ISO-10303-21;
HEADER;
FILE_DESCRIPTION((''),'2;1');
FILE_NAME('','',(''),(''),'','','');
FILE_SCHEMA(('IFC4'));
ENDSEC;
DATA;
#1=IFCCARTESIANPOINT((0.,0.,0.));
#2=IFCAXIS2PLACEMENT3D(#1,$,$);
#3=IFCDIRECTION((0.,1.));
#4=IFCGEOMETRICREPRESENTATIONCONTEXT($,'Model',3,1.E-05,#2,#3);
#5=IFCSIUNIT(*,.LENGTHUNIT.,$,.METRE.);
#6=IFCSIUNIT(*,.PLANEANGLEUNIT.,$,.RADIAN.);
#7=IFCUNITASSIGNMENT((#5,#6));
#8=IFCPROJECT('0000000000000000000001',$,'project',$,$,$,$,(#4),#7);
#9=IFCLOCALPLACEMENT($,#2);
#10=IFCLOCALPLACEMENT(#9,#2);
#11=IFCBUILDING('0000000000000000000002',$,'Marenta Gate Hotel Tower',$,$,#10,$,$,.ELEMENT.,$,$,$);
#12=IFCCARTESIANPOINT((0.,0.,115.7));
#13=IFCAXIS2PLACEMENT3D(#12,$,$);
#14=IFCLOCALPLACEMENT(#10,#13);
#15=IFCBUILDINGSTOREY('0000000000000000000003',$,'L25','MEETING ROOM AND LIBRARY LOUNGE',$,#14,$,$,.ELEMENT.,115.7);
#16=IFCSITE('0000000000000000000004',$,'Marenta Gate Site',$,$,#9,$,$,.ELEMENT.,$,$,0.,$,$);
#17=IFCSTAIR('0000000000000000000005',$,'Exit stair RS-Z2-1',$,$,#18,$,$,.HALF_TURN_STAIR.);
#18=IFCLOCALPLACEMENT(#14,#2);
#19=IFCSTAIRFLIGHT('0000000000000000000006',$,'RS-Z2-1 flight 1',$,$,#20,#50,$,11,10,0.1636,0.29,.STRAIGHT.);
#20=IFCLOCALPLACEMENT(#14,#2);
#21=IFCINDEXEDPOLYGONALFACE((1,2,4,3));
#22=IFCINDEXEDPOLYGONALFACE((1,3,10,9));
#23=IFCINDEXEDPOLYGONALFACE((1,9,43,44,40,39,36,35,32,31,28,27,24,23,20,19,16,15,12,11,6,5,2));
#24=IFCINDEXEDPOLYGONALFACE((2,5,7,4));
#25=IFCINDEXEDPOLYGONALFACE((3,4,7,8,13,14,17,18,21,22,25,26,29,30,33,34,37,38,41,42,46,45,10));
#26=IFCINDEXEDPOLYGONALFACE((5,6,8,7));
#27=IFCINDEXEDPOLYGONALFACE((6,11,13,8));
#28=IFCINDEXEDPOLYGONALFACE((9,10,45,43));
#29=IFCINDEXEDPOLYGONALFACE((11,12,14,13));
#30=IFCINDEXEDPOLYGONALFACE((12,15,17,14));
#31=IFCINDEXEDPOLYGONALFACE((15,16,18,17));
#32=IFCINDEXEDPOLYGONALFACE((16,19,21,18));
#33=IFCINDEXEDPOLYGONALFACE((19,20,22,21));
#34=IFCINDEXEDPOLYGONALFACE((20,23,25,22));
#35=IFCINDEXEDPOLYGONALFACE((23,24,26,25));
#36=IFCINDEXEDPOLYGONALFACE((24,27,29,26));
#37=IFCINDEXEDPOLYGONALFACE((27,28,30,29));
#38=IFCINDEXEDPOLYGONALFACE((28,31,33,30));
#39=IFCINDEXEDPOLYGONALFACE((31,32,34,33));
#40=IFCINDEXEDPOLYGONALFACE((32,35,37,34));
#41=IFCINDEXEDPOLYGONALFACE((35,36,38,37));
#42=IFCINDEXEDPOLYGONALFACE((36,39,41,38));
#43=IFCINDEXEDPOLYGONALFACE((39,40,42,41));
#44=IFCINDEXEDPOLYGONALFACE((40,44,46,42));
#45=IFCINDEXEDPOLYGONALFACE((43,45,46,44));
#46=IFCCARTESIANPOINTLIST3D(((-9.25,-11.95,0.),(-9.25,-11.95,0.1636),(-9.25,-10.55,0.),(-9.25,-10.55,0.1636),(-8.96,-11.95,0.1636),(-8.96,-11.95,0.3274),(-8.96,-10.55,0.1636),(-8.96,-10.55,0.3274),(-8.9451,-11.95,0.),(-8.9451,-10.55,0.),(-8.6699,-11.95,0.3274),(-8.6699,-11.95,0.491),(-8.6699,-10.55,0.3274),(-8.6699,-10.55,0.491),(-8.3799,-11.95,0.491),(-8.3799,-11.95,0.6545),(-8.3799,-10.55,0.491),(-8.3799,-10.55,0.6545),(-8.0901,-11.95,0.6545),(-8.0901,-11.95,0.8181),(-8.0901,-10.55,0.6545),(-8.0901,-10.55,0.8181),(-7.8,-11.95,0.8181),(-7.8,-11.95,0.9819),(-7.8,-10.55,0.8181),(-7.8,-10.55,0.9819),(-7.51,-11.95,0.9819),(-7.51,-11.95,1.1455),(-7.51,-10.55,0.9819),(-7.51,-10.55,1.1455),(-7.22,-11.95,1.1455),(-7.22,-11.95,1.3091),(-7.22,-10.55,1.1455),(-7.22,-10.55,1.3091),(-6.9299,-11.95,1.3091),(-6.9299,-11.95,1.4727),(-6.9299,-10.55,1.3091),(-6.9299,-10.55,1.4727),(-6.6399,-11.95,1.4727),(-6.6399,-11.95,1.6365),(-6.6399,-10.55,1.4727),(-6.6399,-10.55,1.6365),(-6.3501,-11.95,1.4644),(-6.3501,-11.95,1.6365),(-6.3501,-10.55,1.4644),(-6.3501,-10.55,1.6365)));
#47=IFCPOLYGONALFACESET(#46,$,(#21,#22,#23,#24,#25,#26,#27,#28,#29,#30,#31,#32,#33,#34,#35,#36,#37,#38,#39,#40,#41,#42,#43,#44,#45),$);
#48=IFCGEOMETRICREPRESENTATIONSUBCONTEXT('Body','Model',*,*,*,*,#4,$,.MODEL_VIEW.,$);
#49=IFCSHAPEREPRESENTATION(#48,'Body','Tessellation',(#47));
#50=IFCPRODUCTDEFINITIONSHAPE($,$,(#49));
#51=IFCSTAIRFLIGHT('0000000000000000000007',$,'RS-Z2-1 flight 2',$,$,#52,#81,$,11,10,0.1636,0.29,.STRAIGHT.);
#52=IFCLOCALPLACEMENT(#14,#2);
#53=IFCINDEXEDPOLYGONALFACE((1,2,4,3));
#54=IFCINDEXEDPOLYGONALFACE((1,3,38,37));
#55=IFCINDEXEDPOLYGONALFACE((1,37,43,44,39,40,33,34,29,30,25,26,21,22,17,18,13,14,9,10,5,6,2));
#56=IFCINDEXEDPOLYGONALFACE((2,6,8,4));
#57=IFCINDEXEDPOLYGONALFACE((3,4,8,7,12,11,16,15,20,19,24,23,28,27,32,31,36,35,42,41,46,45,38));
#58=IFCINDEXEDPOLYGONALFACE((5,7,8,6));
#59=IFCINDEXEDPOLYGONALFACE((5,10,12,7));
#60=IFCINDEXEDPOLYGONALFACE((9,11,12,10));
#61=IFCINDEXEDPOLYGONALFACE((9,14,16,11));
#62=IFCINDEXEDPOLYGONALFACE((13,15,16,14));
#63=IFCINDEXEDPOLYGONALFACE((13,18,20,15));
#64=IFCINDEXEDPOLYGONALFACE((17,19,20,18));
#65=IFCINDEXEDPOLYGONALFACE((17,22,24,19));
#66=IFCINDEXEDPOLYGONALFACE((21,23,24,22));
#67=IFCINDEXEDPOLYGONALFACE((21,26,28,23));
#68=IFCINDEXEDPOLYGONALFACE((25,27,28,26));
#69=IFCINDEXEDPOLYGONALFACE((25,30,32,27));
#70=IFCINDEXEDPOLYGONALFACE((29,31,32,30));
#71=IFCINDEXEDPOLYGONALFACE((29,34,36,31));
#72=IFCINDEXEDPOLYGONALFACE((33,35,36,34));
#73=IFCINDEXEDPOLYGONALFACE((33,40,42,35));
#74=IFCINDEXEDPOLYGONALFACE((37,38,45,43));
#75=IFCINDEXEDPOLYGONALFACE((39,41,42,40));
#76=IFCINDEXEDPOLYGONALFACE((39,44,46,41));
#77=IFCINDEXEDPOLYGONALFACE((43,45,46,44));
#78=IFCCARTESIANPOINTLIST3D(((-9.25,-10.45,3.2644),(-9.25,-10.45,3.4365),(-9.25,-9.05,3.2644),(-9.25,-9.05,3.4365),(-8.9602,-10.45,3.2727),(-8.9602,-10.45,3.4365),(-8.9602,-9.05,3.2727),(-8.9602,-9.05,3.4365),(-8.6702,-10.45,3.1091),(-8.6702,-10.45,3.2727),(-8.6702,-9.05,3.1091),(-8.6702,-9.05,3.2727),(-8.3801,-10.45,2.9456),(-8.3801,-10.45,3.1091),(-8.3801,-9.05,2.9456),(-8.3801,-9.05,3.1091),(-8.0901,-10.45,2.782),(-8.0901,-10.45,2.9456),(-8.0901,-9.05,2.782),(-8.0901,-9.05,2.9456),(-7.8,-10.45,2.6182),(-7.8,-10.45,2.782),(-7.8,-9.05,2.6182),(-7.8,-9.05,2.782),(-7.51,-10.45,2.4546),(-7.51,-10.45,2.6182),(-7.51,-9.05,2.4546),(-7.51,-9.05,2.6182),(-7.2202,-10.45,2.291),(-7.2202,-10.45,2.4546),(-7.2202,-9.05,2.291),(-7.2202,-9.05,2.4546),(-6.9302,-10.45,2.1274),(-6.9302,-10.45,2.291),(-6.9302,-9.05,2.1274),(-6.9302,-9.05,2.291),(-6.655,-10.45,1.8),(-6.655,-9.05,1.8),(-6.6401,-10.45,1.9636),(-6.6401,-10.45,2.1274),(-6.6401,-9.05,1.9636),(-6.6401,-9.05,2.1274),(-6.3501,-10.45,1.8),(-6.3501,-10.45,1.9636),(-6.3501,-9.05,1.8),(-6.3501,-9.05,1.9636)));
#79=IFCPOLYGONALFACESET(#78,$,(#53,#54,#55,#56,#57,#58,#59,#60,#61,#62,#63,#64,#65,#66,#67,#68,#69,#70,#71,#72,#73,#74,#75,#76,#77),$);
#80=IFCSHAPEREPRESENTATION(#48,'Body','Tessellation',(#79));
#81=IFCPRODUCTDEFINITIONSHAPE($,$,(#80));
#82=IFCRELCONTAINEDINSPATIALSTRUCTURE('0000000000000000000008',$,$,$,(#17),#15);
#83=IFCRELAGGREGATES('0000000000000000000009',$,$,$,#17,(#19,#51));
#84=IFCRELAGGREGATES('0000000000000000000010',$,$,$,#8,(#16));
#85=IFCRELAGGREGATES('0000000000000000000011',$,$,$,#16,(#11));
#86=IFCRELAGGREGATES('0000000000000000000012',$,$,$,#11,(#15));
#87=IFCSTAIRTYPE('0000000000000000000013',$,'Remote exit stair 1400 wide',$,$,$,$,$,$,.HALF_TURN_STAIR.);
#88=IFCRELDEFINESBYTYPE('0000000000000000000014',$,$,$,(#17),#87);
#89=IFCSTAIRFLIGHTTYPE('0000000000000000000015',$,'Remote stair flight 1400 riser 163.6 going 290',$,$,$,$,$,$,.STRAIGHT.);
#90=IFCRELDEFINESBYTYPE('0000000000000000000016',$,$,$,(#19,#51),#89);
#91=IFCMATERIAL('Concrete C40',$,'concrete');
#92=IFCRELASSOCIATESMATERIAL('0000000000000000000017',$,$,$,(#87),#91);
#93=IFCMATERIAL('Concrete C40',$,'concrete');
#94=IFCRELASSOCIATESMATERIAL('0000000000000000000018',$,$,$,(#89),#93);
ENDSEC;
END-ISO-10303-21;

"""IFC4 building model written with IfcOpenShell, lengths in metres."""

from ifc_helpers import new_model, si_unit, direction, frame, origin, place, context, subcontext, project, spatial, polyline, outline, extrude, material, type_object, element, aggregate, save


model = new_model("IFC4")

# Units and contexts
model_context = context("Model", 3, precision=1e-05, world=origin(), true_north=direction((0.0, 1.0)))
body_context = subcontext(model_context, "Body", "Model", "MODEL_VIEW")
ifc_project = project(units=[si_unit("LENGTHUNIT", "METRE"), si_unit("PLANEANGLEUNIT", "RADIAN")], contexts=[model_context])

# Site, building, storey
site_placement = place(None, origin())
site = spatial("IfcSite", under=ifc_project, at=site_placement, Name="Marenta Gate Site", CompositionType="ELEMENT", RefElevation=0.0)
building_placement = place(site_placement, origin())
building = spatial("IfcBuilding", under=site, at=building_placement, Name="Marenta Gate Hotel Tower", CompositionType="ELEMENT")
storey_placement = place(building_placement, frame((0.0, 0.0, 115.7)))
storey = spatial("IfcBuildingStorey", under=building, at=storey_placement, Name="L25", Description="MEETING ROOM AND LIBRARY LOUNGE", CompositionType="ELEMENT", Elevation=115.7)

# Stair, stair flights
ifc_material_1 = material(Name="Concrete C40", Category="concrete")
stair_type = type_object("IfcStairType", Name="Remote exit stair 1400 wide", PredefinedType="HALF_TURN_STAIR", material=ifc_material_1)
stair_placement = place(storey_placement, origin())
stair = element("IfcStair", 1, at=stair_placement, inside=storey, type_object=stair_type, Name="Exit stair RS-Z2-1", PredefinedType="HALF_TURN_STAIR")
ifc_material_2 = material(Name="Concrete C40", Category="concrete")
stair_flight_type = type_object("IfcStairFlightType", Name="Remote stair flight 1400 riser 163.6 going 290", PredefinedType="STRAIGHT", material=ifc_material_2)
stair_flight_1_placement = place(storey_placement, frame((-9.25, -11.25, 0.0), z_axis=(0.0, 0.0, 1.0), x_axis=(1.0, 0.0, 0.0)))
stair_flight_1 = element("IfcStairFlight", 2, at=stair_flight_1_placement, type_object=stair_flight_type, Name="RS-Z2-1 flight 1", NumberOfRisers=11, NumberOfTreads=10, PredefinedType="STRAIGHT", RiserHeight=0.1636, TreadLength=0.29, context=body_context, shape_type="SweptSolid", body=[
    extrude(outline(polyline([(0.0, 0.0), (0.0, 0.1636), (0.29, 0.1636), (0.29, 0.3274), (0.5801, 0.3274), (0.5801, 0.491), (0.8701, 0.491), (0.8701, 0.6545), (1.1599, 0.6545), (1.1599, 0.8181), (1.45, 0.8181), (1.45, 0.9819), (1.74, 0.9819), (1.74, 1.1455), (2.03, 1.1455), (2.03, 1.3091), (2.3201, 1.3091), (2.3201, 1.4727), (2.6101, 1.4727), (2.6101, 1.6365), (2.8999, 1.6365), (2.8999, 1.8), (2.8999, 1.4644), (0.3049, 0.0), (0.0, 0.0)])), frame((0.0, 0.7, 0.0), z_axis=(0.0, -1.0, 0.0), x_axis=(1.0, 0.0, 0.0)), (0.0, 0.0, 1.0), 1.3999),
])
stair_flight_2_placement = place(storey_placement, frame((-6.3501, -9.75, 1.8), z_axis=(0.0, 0.0, 1.0), x_axis=(-1.0, 0.0, 0.0)))
stair_flight_2 = element("IfcStairFlight", 3, at=stair_flight_2_placement, type_object=stair_flight_type, Name="RS-Z2-1 flight 2", NumberOfRisers=11, NumberOfTreads=10, PredefinedType="STRAIGHT", RiserHeight=0.1636, TreadLength=0.29, context=body_context, shape_type="SweptSolid", body=[
    extrude(outline(polyline([(0.0, 0.0), (0.0, 0.1636), (0.29, 0.1636), (0.29, 0.3274), (0.5801, 0.3274), (0.5801, 0.491), (0.8701, 0.491), (0.8701, 0.6545), (1.1599, 0.6545), (1.1599, 0.8181), (1.45, 0.8181), (1.45, 0.9819), (1.74, 0.9819), (1.74, 1.1455), (2.03, 1.1455), (2.03, 1.3091), (2.3201, 1.3091), (2.3201, 1.4727), (2.6101, 1.4727), (2.6101, 1.6365), (2.8999, 1.6365), (2.8999, 1.8), (2.8999, 1.4644), (0.3049, 0.0), (0.0, 0.0)])), frame((0.0, 0.7, 0.0), z_axis=(0.0, -1.0, 0.0), x_axis=(1.0, 0.0, 0.0)), (0.0, 0.0, 1.0), 1.3999),
])
aggregate(stair, [stair_flight_1, stair_flight_2])

save(model, "model.ifc")
